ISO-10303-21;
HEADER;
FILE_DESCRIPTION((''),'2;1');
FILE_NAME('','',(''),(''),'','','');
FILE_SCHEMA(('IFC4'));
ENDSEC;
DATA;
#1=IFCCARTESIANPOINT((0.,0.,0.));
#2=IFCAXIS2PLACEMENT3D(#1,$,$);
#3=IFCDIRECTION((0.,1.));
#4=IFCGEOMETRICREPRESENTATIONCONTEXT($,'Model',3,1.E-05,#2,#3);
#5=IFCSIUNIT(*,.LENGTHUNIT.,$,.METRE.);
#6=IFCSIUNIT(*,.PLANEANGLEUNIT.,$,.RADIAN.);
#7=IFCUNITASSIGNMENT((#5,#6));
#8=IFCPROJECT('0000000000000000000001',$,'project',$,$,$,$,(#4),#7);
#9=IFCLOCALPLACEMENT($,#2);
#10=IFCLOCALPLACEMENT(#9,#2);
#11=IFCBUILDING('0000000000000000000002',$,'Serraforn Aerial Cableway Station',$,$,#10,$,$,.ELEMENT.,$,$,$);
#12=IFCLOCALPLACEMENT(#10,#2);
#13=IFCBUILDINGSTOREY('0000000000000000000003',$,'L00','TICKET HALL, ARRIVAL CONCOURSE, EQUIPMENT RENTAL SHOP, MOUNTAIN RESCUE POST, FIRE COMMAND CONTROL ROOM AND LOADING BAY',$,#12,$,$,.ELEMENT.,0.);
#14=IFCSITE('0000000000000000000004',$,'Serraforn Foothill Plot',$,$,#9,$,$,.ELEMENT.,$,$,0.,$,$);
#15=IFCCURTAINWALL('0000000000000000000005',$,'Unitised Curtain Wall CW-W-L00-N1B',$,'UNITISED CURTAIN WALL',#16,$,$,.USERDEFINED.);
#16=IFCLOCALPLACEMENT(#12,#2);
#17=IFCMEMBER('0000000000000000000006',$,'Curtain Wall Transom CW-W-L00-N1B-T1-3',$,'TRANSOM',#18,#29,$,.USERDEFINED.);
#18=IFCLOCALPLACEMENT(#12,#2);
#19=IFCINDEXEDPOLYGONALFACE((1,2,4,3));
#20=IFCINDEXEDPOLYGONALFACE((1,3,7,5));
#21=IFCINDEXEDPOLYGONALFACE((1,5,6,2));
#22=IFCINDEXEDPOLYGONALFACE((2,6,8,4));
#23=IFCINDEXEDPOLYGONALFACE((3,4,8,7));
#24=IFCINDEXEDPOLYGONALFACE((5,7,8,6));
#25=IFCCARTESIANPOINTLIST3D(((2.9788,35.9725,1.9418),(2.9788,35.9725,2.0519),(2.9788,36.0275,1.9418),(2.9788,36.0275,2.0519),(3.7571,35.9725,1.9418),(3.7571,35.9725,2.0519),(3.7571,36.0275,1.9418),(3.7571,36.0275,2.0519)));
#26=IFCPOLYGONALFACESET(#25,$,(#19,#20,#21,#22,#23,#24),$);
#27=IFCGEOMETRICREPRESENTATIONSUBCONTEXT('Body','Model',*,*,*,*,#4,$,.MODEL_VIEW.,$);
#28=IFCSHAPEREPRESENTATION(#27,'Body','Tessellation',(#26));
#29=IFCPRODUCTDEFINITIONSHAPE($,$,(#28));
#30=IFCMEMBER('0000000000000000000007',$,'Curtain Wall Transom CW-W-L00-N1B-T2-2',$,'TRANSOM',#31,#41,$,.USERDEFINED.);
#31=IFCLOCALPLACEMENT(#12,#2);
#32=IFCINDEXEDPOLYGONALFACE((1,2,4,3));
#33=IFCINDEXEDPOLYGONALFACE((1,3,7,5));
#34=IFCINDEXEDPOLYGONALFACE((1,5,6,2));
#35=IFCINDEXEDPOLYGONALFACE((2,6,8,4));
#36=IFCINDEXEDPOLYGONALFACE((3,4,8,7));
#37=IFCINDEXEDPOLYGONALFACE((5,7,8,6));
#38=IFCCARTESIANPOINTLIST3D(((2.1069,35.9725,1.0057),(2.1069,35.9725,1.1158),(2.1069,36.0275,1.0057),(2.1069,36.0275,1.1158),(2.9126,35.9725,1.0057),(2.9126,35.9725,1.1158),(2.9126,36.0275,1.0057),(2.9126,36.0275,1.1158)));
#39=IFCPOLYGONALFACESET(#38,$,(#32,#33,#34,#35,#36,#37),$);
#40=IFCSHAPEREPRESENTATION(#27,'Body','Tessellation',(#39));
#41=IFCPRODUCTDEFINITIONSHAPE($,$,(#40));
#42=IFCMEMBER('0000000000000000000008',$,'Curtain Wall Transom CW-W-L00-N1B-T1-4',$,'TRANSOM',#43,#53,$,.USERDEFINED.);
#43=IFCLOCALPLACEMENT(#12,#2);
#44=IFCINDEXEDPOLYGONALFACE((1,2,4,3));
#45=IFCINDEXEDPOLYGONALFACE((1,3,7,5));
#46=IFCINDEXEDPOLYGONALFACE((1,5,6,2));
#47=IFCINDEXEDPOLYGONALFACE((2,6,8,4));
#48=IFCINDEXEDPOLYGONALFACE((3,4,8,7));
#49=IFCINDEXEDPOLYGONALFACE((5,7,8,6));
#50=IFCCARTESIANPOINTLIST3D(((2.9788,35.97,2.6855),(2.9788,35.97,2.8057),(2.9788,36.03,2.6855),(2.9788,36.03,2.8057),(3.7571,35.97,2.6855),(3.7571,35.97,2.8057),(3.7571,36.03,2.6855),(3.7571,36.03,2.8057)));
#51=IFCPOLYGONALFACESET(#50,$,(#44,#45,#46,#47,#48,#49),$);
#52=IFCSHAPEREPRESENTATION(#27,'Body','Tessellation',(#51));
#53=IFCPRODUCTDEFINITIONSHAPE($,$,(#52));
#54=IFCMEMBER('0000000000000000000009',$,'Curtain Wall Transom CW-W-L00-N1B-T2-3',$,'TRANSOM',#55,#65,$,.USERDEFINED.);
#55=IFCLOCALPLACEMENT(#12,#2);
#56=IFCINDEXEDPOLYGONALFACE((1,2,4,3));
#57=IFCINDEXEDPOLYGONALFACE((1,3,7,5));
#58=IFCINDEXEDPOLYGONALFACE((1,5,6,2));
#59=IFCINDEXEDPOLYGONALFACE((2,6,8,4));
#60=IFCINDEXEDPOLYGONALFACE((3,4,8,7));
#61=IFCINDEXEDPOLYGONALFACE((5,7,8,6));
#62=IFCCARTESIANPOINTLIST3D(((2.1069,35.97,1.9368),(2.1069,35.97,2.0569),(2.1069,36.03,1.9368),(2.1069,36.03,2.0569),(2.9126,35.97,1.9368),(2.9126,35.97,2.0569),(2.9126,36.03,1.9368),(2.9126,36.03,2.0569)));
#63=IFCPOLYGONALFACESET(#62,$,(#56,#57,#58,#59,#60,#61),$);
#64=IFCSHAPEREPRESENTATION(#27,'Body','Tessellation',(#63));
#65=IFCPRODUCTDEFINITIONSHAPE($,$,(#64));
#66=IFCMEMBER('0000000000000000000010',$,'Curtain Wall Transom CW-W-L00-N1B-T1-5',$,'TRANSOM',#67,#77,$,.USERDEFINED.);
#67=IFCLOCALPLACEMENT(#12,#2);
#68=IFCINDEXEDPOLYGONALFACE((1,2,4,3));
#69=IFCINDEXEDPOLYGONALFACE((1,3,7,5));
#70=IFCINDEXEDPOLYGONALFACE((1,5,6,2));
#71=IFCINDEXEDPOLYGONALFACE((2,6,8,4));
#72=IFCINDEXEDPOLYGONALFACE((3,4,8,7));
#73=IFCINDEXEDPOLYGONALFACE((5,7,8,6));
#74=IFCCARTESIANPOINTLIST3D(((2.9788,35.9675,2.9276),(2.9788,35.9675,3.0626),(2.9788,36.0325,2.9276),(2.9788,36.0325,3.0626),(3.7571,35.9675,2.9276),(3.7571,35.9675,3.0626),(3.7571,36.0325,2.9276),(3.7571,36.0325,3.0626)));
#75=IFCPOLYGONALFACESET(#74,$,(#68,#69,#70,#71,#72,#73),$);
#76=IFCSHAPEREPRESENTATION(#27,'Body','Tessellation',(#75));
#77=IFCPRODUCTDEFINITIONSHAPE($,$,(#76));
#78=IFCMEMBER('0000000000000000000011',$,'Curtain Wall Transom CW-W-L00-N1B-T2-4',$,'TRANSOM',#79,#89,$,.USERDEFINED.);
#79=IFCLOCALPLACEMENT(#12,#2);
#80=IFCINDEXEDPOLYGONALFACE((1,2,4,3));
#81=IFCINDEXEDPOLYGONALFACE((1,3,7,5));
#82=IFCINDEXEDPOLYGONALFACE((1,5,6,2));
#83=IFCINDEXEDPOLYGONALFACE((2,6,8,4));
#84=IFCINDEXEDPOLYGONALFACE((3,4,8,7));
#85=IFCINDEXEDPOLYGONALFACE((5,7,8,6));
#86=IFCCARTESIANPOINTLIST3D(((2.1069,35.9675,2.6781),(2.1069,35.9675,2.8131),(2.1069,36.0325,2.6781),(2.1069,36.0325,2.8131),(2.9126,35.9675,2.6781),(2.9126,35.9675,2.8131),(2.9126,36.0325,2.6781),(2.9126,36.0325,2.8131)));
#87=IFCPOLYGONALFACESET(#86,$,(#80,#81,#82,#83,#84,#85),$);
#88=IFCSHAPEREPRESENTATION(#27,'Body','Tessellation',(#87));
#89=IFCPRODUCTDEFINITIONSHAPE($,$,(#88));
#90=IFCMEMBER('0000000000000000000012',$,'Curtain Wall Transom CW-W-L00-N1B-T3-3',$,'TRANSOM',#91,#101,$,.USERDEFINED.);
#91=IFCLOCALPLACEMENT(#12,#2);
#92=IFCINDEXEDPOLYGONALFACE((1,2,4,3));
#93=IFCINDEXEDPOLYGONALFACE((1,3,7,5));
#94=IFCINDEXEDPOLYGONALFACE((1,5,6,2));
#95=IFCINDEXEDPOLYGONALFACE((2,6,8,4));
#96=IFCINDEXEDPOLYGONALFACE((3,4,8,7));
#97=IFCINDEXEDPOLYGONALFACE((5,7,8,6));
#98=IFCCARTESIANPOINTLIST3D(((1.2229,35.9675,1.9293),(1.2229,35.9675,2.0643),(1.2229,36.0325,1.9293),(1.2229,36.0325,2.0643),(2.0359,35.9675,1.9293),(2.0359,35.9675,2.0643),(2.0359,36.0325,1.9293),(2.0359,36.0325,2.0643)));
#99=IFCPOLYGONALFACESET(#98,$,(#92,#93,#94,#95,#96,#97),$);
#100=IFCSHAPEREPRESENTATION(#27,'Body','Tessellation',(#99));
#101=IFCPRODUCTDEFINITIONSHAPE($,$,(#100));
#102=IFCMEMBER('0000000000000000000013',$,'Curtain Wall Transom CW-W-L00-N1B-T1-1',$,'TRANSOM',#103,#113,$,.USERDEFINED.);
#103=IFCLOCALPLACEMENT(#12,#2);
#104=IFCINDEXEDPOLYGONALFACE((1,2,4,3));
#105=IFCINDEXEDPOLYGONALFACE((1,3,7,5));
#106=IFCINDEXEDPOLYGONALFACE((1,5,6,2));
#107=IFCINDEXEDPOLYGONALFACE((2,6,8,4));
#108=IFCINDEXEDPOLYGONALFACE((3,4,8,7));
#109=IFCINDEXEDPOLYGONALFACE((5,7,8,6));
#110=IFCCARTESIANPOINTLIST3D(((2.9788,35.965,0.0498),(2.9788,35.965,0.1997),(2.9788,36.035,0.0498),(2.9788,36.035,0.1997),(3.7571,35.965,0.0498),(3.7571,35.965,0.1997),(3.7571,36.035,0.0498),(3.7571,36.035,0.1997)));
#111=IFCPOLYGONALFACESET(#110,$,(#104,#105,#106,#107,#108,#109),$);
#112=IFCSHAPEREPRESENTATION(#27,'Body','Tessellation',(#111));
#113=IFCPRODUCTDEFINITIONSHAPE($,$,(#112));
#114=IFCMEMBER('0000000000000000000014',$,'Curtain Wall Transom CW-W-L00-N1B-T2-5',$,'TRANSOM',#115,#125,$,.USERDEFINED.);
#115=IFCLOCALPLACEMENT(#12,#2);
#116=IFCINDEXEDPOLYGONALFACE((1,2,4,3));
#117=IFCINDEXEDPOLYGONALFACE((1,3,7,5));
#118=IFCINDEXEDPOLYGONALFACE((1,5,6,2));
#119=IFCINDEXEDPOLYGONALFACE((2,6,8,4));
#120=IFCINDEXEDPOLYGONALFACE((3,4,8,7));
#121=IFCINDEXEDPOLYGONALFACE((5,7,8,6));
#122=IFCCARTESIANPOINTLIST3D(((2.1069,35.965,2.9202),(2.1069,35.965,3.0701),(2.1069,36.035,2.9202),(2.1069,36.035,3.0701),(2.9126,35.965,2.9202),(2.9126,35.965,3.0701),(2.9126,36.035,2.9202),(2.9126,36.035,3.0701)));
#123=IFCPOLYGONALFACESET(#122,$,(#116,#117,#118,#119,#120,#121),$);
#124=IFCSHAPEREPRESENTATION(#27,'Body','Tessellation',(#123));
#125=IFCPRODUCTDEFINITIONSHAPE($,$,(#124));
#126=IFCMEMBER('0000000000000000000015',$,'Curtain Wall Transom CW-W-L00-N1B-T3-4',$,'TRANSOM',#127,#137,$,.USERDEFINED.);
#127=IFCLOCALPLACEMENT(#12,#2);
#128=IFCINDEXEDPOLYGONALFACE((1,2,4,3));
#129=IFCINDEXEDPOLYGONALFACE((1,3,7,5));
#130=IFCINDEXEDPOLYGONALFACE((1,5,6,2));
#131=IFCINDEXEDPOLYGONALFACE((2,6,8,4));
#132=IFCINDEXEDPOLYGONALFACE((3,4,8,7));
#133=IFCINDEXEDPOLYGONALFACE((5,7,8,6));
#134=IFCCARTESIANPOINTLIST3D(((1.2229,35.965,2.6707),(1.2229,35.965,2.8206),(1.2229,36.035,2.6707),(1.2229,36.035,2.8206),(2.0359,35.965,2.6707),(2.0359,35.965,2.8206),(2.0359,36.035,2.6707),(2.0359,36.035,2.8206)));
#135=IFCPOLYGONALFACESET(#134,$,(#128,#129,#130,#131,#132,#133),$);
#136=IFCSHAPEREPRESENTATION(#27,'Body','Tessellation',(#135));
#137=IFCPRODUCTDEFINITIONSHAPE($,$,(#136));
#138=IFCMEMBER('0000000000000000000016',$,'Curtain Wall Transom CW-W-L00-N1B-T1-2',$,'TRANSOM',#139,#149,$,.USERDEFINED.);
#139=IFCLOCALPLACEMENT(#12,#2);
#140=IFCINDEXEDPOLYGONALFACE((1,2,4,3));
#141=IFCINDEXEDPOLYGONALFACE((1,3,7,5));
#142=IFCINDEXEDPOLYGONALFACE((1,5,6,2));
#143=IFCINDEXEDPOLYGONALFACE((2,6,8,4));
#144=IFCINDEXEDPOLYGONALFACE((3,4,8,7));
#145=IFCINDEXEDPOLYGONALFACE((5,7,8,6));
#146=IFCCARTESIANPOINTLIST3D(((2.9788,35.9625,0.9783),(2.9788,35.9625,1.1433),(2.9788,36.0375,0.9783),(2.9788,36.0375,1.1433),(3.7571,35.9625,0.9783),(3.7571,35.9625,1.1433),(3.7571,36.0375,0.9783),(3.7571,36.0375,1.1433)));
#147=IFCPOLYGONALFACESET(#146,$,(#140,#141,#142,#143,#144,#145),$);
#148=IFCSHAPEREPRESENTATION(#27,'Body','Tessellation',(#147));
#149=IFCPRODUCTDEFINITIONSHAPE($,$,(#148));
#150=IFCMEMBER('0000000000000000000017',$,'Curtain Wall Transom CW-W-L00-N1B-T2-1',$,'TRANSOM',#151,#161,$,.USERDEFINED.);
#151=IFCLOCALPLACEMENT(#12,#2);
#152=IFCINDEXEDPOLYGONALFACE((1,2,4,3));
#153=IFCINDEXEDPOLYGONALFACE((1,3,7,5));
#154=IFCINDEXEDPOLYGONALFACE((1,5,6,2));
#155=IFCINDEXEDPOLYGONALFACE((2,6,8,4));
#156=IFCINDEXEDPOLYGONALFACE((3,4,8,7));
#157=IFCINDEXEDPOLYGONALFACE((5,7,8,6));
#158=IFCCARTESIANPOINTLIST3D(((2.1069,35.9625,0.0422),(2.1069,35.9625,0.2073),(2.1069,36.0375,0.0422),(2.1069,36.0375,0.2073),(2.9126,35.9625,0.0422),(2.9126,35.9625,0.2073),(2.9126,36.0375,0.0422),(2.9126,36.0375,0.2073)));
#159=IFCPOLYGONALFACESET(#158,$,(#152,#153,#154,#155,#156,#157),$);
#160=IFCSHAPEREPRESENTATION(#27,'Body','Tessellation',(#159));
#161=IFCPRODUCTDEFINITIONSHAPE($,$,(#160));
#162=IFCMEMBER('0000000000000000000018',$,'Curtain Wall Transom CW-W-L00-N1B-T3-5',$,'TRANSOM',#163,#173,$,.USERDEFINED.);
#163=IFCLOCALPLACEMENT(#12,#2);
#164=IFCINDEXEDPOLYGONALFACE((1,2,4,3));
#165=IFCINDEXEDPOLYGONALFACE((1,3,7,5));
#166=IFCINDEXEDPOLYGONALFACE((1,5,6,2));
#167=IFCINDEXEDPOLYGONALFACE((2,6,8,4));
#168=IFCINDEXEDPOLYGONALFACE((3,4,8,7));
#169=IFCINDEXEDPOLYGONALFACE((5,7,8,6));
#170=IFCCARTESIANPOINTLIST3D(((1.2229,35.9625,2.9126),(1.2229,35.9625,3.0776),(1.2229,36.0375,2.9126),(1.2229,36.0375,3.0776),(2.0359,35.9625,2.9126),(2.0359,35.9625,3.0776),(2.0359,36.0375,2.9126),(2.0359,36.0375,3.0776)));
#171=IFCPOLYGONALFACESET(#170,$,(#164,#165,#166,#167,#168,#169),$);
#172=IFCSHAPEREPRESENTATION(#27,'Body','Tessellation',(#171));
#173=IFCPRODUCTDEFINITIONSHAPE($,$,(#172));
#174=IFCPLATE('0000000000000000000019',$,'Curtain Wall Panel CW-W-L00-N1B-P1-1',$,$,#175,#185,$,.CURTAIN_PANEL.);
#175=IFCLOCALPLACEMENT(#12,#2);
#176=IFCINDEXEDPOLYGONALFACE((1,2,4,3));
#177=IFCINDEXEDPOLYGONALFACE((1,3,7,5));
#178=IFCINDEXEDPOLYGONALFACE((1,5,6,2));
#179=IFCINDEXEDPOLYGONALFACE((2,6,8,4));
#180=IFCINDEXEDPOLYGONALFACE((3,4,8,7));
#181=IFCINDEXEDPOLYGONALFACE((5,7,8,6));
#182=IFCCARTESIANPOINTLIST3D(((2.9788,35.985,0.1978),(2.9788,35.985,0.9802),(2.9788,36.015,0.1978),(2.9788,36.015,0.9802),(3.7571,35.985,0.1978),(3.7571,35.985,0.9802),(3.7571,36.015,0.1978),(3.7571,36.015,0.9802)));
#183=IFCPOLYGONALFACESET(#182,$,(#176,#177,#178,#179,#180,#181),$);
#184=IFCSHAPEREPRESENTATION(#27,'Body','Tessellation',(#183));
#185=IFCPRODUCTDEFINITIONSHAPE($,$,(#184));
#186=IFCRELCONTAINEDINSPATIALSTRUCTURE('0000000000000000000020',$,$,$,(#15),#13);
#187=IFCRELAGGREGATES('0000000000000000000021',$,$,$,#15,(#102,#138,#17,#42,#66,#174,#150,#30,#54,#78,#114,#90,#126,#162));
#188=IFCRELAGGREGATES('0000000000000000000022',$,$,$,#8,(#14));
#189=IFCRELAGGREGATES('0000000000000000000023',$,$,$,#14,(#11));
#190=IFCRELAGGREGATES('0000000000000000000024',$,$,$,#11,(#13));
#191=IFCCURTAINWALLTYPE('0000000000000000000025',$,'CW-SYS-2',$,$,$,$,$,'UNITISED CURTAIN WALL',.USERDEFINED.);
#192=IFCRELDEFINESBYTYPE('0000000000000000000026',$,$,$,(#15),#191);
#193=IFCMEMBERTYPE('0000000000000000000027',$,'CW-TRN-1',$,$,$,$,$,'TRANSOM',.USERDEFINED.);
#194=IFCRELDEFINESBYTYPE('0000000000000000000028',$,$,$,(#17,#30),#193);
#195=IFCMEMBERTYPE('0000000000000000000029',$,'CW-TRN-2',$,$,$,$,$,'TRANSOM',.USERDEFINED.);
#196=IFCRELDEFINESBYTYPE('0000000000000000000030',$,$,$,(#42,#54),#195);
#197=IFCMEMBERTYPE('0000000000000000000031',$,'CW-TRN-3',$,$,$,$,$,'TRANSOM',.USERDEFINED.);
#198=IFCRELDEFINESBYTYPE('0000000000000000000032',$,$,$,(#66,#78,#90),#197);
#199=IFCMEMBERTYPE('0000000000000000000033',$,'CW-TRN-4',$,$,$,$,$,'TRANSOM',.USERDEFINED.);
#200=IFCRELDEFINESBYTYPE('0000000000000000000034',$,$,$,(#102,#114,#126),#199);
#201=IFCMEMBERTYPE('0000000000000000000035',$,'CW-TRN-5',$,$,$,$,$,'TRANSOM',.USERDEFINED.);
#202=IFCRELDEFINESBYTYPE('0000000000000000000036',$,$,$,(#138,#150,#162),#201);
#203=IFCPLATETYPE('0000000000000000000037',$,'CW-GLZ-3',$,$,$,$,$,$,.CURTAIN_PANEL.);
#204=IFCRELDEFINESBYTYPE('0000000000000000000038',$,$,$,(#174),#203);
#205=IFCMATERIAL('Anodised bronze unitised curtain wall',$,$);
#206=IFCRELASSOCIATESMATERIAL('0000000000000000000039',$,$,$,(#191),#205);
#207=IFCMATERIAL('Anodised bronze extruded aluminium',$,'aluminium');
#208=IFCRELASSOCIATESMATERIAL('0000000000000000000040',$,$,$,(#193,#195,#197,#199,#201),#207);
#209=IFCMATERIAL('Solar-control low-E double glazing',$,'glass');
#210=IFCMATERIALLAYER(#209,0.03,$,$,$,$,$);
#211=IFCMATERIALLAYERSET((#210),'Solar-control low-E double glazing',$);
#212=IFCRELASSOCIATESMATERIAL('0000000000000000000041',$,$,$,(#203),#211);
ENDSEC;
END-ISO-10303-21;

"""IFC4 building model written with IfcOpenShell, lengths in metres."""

from ifc_helpers import new_model, si_unit, direction, frame, origin, origin_2d, place, context, subcontext, project, spatial, rectangle, extrude, material, layer, layer_set, material_profile, profile_set, type_object, element, aggregate, save


model = new_model("IFC4")

# Units and contexts
model_context = context("Model", 3, precision=1e-05, world=origin(), true_north=direction((0.0, 1.0)))
body_context = subcontext(model_context, "Body", "Model", "MODEL_VIEW")
ifc_project = project(units=[si_unit("LENGTHUNIT", "METRE"), si_unit("PLANEANGLEUNIT", "RADIAN")], contexts=[model_context])

# Site, building, storey
site_placement = place(None, origin())
site = spatial("IfcSite", under=ifc_project, at=site_placement, Name="Serraforn Foothill Plot", CompositionType="ELEMENT", RefElevation=0.0)
building_placement = place(site_placement, origin())
building = spatial("IfcBuilding", under=site, at=building_placement, Name="Serraforn Aerial Cableway Station", CompositionType="ELEMENT")
storey_placement = place(building_placement, origin())
storey = spatial("IfcBuildingStorey", under=building, at=storey_placement, Name="L00", Description="TICKET HALL, ARRIVAL CONCOURSE, EQUIPMENT RENTAL SHOP, MOUNTAIN RESCUE POST, FIRE COMMAND CONTROL ROOM AND LOADING BAY", CompositionType="ELEMENT", Elevation=0.0)

# Curtain wall, members, plate
ifc_material_1 = material(Name="Anodised bronze unitised curtain wall")
curtain_wall_type = type_object("IfcCurtainWallType", Name="CW-SYS-2", ElementType="UNITISED CURTAIN WALL", PredefinedType="USERDEFINED", material=ifc_material_1)
curtain_wall_placement = place(storey_placement, origin())
curtain_wall = element("IfcCurtainWall", 1, at=curtain_wall_placement, inside=storey, type_object=curtain_wall_type, Name="Unitised Curtain Wall CW-W-L00-N1B", ObjectType="UNITISED CURTAIN WALL", PredefinedType="USERDEFINED")
ifc_material_2 = material(Name="Anodised bronze extruded aluminium", Category="aluminium")
ifc_material_profile_1 = material_profile(ifc_material_2, rectangle(XDim=0.0549, YDim=0.1101, at=origin_2d()), Name="CW TRANSOM 55x110")
ifc_profile_set_1 = profile_set([ifc_material_profile_1], Name="Anodised bronze extruded aluminium")
member_type_1 = type_object("IfcMemberType", Name="CW-TRN-1", ElementType="TRANSOM", PredefinedType="USERDEFINED", material=ifc_profile_set_1)
member_1_placement = place(storey_placement, frame((3.7571, 36.0, 1.9968), z_axis=(-1.0, 0.0, 0.0), x_axis=(0.0, -1.0, 0.0)))
member_1 = element("IfcMember", 2, at=member_1_placement, type_object=member_type_1, Name="Curtain Wall Transom CW-W-L00-N1B-T1-3", ObjectType="TRANSOM", PredefinedType="USERDEFINED", context=body_context, shape_type="SweptSolid", body=[
    extrude(rectangle(XDim=0.0549, YDim=0.1101, at=origin_2d()), origin(), (0.0, 0.0, 1.0), 0.7783),
])
member_2_placement = place(storey_placement, frame((2.9126, 36.0, 1.0608), z_axis=(-1.0, 0.0, 0.0), x_axis=(0.0, -1.0, 0.0)))
member_2 = element("IfcMember", 3, at=member_2_placement, type_object=member_type_1, Name="Curtain Wall Transom CW-W-L00-N1B-T2-2", ObjectType="TRANSOM", PredefinedType="USERDEFINED", context=body_context, shape_type="SweptSolid", body=[
    extrude(rectangle(XDim=0.0549, YDim=0.1101, at=origin_2d()), origin(), (0.0, 0.0, 1.0), 0.8057),
])
ifc_material_profile_2 = material_profile(ifc_material_2, rectangle(XDim=0.0601, YDim=0.1201, at=origin_2d()), Name="CW TRANSOM 60x120")
ifc_profile_set_2 = profile_set([ifc_material_profile_2], Name="Anodised bronze extruded aluminium")
member_type_2 = type_object("IfcMemberType", Name="CW-TRN-2", ElementType="TRANSOM", PredefinedType="USERDEFINED", material=ifc_profile_set_2)
member_3_placement = place(storey_placement, frame((3.7571, 36.0, 2.7456), z_axis=(-1.0, 0.0, 0.0), x_axis=(0.0, -1.0, 0.0)))
member_3 = element("IfcMember", 4, at=member_3_placement, type_object=member_type_2, Name="Curtain Wall Transom CW-W-L00-N1B-T1-4", ObjectType="TRANSOM", PredefinedType="USERDEFINED", context=body_context, shape_type="SweptSolid", body=[
    extrude(rectangle(XDim=0.0601, YDim=0.1201, at=origin_2d()), origin(), (0.0, 0.0, 1.0), 0.7783),
])
member_4_placement = place(storey_placement, frame((2.9126, 36.0, 1.9968), z_axis=(-1.0, 0.0, 0.0), x_axis=(0.0, -1.0, 0.0)))
member_4 = element("IfcMember", 5, at=member_4_placement, type_object=member_type_2, Name="Curtain Wall Transom CW-W-L00-N1B-T2-3", ObjectType="TRANSOM", PredefinedType="USERDEFINED", context=body_context, shape_type="SweptSolid", body=[
    extrude(rectangle(XDim=0.0601, YDim=0.1201, at=origin_2d()), origin(), (0.0, 0.0, 1.0), 0.8057),
])
ifc_material_profile_3 = material_profile(ifc_material_2, rectangle(XDim=0.0649, YDim=0.135, at=origin_2d()), Name="CW TRANSOM 65x135")
ifc_profile_set_3 = profile_set([ifc_material_profile_3], Name="Anodised bronze extruded aluminium")
member_type_3 = type_object("IfcMemberType", Name="CW-TRN-3", ElementType="TRANSOM", PredefinedType="USERDEFINED", material=ifc_profile_set_3)
member_5_placement = place(storey_placement, frame((3.7571, 36.0, 2.9951), z_axis=(-1.0, 0.0, 0.0), x_axis=(0.0, -1.0, 0.0)))
member_5 = element("IfcMember", 6, at=member_5_placement, type_object=member_type_3, Name="Curtain Wall Transom CW-W-L00-N1B-T1-5", ObjectType="TRANSOM", PredefinedType="USERDEFINED", context=body_context, shape_type="SweptSolid", body=[
    extrude(rectangle(XDim=0.0649, YDim=0.135, at=origin_2d()), origin(), (0.0, 0.0, 1.0), 0.7783),
])
member_6_placement = place(storey_placement, frame((2.9126, 36.0, 2.7456), z_axis=(-1.0, 0.0, 0.0), x_axis=(0.0, -1.0, 0.0)))
member_6 = element("IfcMember", 7, at=member_6_placement, type_object=member_type_3, Name="Curtain Wall Transom CW-W-L00-N1B-T2-4", ObjectType="TRANSOM", PredefinedType="USERDEFINED", context=body_context, shape_type="SweptSolid", body=[
    extrude(rectangle(XDim=0.0649, YDim=0.135, at=origin_2d()), origin(), (0.0, 0.0, 1.0), 0.8057),
])
member_7_placement = place(storey_placement, frame((2.0359, 36.0, 1.9968), z_axis=(-1.0, 0.0, 0.0), x_axis=(0.0, -1.0, 0.0)))
member_7 = element("IfcMember", 8, at=member_7_placement, type_object=member_type_3, Name="Curtain Wall Transom CW-W-L00-N1B-T3-3", ObjectType="TRANSOM", PredefinedType="USERDEFINED", context=body_context, shape_type="SweptSolid", body=[
    extrude(rectangle(XDim=0.0649, YDim=0.135, at=origin_2d()), origin(), (0.0, 0.0, 1.0), 0.813),
])
ifc_material_profile_4 = material_profile(ifc_material_2, rectangle(XDim=0.0701, YDim=0.1499, at=origin_2d()), Name="CW TRANSOM 70x150")
ifc_profile_set_4 = profile_set([ifc_material_profile_4], Name="Anodised bronze extruded aluminium")
member_type_4 = type_object("IfcMemberType", Name="CW-TRN-4", ElementType="TRANSOM", PredefinedType="USERDEFINED", material=ifc_profile_set_4)
member_8_placement = place(storey_placement, frame((3.7571, 36.0, 0.1248), z_axis=(-1.0, 0.0, 0.0), x_axis=(0.0, -1.0, 0.0)))
member_8 = element("IfcMember", 9, at=member_8_placement, type_object=member_type_4, Name="Curtain Wall Transom CW-W-L00-N1B-T1-1", ObjectType="TRANSOM", PredefinedType="USERDEFINED", context=body_context, shape_type="SweptSolid", body=[
    extrude(rectangle(XDim=0.0701, YDim=0.1499, at=origin_2d()), origin(), (0.0, 0.0, 1.0), 0.7783),
])
member_9_placement = place(storey_placement, frame((2.9126, 36.0, 2.9951), z_axis=(-1.0, 0.0, 0.0), x_axis=(0.0, -1.0, 0.0)))
member_9 = element("IfcMember", 10, at=member_9_placement, type_object=member_type_4, Name="Curtain Wall Transom CW-W-L00-N1B-T2-5", ObjectType="TRANSOM", PredefinedType="USERDEFINED", context=body_context, shape_type="SweptSolid", body=[
    extrude(rectangle(XDim=0.0701, YDim=0.1499, at=origin_2d()), origin(), (0.0, 0.0, 1.0), 0.8057),
])
member_10_placement = place(storey_placement, frame((2.0359, 36.0, 2.7456), z_axis=(-1.0, 0.0, 0.0), x_axis=(0.0, -1.0, 0.0)))
member_10 = element("IfcMember", 11, at=member_10_placement, type_object=member_type_4, Name="Curtain Wall Transom CW-W-L00-N1B-T3-4", ObjectType="TRANSOM", PredefinedType="USERDEFINED", context=body_context, shape_type="SweptSolid", body=[
    extrude(rectangle(XDim=0.0701, YDim=0.1499, at=origin_2d()), origin(), (0.0, 0.0, 1.0), 0.813),
])
ifc_material_profile_5 = material_profile(ifc_material_2, rectangle(XDim=0.075, YDim=0.165, at=origin_2d()), Name="CW TRANSOM 75x165")
ifc_profile_set_5 = profile_set([ifc_material_profile_5], Name="Anodised bronze extruded aluminium")
member_type_5 = type_object("IfcMemberType", Name="CW-TRN-5", ElementType="TRANSOM", PredefinedType="USERDEFINED", material=ifc_profile_set_5)
member_11_placement = place(storey_placement, frame((3.7571, 36.0, 1.0608), z_axis=(-1.0, 0.0, 0.0), x_axis=(0.0, -1.0, 0.0)))
member_11 = element("IfcMember", 12, at=member_11_placement, type_object=member_type_5, Name="Curtain Wall Transom CW-W-L00-N1B-T1-2", ObjectType="TRANSOM", PredefinedType="USERDEFINED", context=body_context, shape_type="SweptSolid", body=[
    extrude(rectangle(XDim=0.075, YDim=0.165, at=origin_2d()), origin(), (0.0, 0.0, 1.0), 0.7783),
])
member_12_placement = place(storey_placement, frame((2.9126, 36.0, 0.1248), z_axis=(-1.0, 0.0, 0.0), x_axis=(0.0, -1.0, 0.0)))
member_12 = element("IfcMember", 13, at=member_12_placement, type_object=member_type_5, Name="Curtain Wall Transom CW-W-L00-N1B-T2-1", ObjectType="TRANSOM", PredefinedType="USERDEFINED", context=body_context, shape_type="SweptSolid", body=[
    extrude(rectangle(XDim=0.075, YDim=0.165, at=origin_2d()), origin(), (0.0, 0.0, 1.0), 0.8057),
])
member_13_placement = place(storey_placement, frame((2.0359, 36.0, 2.9951), z_axis=(-1.0, 0.0, 0.0), x_axis=(0.0, -1.0, 0.0)))
member_13 = element("IfcMember", 14, at=member_13_placement, type_object=member_type_5, Name="Curtain Wall Transom CW-W-L00-N1B-T3-5", ObjectType="TRANSOM", PredefinedType="USERDEFINED", context=body_context, shape_type="SweptSolid", body=[
    extrude(rectangle(XDim=0.075, YDim=0.165, at=origin_2d()), origin(), (0.0, 0.0, 1.0), 0.813),
])
ifc_material_3 = material(Name="Solar-control low-E double glazing", Category="glass")
ifc_layer_1 = layer(ifc_material_3, 0.03)
ifc_layer_set_1 = layer_set([ifc_layer_1], Name="Solar-control low-E double glazing")
plate_type_1 = type_object("IfcPlateType", Name="CW-GLZ-3", PredefinedType="CURTAIN_PANEL", material=ifc_layer_set_1)
plate_1_placement = place(storey_placement, frame((3.3679, 36.0, 0.1978), z_axis=(0.0, 0.0, 1.0), x_axis=(1.0, 0.0, 0.0)))
plate_1 = element("IfcPlate", 15, at=plate_1_placement, type_object=plate_type_1, Name="Curtain Wall Panel CW-W-L00-N1B-P1-1", PredefinedType="CURTAIN_PANEL", context=body_context, shape_type="SweptSolid", body=[
    extrude(rectangle(XDim=0.7783, YDim=0.03, at=origin_2d()), origin(), (0.0, 0.0, 1.0), 0.7825),
])
aggregate(curtain_wall, [member_8, member_11, member_1, member_3, member_5, plate_1, member_12, member_2, member_4, member_6, member_9, member_7, member_10, member_13])

save(model, "model.ifc")
